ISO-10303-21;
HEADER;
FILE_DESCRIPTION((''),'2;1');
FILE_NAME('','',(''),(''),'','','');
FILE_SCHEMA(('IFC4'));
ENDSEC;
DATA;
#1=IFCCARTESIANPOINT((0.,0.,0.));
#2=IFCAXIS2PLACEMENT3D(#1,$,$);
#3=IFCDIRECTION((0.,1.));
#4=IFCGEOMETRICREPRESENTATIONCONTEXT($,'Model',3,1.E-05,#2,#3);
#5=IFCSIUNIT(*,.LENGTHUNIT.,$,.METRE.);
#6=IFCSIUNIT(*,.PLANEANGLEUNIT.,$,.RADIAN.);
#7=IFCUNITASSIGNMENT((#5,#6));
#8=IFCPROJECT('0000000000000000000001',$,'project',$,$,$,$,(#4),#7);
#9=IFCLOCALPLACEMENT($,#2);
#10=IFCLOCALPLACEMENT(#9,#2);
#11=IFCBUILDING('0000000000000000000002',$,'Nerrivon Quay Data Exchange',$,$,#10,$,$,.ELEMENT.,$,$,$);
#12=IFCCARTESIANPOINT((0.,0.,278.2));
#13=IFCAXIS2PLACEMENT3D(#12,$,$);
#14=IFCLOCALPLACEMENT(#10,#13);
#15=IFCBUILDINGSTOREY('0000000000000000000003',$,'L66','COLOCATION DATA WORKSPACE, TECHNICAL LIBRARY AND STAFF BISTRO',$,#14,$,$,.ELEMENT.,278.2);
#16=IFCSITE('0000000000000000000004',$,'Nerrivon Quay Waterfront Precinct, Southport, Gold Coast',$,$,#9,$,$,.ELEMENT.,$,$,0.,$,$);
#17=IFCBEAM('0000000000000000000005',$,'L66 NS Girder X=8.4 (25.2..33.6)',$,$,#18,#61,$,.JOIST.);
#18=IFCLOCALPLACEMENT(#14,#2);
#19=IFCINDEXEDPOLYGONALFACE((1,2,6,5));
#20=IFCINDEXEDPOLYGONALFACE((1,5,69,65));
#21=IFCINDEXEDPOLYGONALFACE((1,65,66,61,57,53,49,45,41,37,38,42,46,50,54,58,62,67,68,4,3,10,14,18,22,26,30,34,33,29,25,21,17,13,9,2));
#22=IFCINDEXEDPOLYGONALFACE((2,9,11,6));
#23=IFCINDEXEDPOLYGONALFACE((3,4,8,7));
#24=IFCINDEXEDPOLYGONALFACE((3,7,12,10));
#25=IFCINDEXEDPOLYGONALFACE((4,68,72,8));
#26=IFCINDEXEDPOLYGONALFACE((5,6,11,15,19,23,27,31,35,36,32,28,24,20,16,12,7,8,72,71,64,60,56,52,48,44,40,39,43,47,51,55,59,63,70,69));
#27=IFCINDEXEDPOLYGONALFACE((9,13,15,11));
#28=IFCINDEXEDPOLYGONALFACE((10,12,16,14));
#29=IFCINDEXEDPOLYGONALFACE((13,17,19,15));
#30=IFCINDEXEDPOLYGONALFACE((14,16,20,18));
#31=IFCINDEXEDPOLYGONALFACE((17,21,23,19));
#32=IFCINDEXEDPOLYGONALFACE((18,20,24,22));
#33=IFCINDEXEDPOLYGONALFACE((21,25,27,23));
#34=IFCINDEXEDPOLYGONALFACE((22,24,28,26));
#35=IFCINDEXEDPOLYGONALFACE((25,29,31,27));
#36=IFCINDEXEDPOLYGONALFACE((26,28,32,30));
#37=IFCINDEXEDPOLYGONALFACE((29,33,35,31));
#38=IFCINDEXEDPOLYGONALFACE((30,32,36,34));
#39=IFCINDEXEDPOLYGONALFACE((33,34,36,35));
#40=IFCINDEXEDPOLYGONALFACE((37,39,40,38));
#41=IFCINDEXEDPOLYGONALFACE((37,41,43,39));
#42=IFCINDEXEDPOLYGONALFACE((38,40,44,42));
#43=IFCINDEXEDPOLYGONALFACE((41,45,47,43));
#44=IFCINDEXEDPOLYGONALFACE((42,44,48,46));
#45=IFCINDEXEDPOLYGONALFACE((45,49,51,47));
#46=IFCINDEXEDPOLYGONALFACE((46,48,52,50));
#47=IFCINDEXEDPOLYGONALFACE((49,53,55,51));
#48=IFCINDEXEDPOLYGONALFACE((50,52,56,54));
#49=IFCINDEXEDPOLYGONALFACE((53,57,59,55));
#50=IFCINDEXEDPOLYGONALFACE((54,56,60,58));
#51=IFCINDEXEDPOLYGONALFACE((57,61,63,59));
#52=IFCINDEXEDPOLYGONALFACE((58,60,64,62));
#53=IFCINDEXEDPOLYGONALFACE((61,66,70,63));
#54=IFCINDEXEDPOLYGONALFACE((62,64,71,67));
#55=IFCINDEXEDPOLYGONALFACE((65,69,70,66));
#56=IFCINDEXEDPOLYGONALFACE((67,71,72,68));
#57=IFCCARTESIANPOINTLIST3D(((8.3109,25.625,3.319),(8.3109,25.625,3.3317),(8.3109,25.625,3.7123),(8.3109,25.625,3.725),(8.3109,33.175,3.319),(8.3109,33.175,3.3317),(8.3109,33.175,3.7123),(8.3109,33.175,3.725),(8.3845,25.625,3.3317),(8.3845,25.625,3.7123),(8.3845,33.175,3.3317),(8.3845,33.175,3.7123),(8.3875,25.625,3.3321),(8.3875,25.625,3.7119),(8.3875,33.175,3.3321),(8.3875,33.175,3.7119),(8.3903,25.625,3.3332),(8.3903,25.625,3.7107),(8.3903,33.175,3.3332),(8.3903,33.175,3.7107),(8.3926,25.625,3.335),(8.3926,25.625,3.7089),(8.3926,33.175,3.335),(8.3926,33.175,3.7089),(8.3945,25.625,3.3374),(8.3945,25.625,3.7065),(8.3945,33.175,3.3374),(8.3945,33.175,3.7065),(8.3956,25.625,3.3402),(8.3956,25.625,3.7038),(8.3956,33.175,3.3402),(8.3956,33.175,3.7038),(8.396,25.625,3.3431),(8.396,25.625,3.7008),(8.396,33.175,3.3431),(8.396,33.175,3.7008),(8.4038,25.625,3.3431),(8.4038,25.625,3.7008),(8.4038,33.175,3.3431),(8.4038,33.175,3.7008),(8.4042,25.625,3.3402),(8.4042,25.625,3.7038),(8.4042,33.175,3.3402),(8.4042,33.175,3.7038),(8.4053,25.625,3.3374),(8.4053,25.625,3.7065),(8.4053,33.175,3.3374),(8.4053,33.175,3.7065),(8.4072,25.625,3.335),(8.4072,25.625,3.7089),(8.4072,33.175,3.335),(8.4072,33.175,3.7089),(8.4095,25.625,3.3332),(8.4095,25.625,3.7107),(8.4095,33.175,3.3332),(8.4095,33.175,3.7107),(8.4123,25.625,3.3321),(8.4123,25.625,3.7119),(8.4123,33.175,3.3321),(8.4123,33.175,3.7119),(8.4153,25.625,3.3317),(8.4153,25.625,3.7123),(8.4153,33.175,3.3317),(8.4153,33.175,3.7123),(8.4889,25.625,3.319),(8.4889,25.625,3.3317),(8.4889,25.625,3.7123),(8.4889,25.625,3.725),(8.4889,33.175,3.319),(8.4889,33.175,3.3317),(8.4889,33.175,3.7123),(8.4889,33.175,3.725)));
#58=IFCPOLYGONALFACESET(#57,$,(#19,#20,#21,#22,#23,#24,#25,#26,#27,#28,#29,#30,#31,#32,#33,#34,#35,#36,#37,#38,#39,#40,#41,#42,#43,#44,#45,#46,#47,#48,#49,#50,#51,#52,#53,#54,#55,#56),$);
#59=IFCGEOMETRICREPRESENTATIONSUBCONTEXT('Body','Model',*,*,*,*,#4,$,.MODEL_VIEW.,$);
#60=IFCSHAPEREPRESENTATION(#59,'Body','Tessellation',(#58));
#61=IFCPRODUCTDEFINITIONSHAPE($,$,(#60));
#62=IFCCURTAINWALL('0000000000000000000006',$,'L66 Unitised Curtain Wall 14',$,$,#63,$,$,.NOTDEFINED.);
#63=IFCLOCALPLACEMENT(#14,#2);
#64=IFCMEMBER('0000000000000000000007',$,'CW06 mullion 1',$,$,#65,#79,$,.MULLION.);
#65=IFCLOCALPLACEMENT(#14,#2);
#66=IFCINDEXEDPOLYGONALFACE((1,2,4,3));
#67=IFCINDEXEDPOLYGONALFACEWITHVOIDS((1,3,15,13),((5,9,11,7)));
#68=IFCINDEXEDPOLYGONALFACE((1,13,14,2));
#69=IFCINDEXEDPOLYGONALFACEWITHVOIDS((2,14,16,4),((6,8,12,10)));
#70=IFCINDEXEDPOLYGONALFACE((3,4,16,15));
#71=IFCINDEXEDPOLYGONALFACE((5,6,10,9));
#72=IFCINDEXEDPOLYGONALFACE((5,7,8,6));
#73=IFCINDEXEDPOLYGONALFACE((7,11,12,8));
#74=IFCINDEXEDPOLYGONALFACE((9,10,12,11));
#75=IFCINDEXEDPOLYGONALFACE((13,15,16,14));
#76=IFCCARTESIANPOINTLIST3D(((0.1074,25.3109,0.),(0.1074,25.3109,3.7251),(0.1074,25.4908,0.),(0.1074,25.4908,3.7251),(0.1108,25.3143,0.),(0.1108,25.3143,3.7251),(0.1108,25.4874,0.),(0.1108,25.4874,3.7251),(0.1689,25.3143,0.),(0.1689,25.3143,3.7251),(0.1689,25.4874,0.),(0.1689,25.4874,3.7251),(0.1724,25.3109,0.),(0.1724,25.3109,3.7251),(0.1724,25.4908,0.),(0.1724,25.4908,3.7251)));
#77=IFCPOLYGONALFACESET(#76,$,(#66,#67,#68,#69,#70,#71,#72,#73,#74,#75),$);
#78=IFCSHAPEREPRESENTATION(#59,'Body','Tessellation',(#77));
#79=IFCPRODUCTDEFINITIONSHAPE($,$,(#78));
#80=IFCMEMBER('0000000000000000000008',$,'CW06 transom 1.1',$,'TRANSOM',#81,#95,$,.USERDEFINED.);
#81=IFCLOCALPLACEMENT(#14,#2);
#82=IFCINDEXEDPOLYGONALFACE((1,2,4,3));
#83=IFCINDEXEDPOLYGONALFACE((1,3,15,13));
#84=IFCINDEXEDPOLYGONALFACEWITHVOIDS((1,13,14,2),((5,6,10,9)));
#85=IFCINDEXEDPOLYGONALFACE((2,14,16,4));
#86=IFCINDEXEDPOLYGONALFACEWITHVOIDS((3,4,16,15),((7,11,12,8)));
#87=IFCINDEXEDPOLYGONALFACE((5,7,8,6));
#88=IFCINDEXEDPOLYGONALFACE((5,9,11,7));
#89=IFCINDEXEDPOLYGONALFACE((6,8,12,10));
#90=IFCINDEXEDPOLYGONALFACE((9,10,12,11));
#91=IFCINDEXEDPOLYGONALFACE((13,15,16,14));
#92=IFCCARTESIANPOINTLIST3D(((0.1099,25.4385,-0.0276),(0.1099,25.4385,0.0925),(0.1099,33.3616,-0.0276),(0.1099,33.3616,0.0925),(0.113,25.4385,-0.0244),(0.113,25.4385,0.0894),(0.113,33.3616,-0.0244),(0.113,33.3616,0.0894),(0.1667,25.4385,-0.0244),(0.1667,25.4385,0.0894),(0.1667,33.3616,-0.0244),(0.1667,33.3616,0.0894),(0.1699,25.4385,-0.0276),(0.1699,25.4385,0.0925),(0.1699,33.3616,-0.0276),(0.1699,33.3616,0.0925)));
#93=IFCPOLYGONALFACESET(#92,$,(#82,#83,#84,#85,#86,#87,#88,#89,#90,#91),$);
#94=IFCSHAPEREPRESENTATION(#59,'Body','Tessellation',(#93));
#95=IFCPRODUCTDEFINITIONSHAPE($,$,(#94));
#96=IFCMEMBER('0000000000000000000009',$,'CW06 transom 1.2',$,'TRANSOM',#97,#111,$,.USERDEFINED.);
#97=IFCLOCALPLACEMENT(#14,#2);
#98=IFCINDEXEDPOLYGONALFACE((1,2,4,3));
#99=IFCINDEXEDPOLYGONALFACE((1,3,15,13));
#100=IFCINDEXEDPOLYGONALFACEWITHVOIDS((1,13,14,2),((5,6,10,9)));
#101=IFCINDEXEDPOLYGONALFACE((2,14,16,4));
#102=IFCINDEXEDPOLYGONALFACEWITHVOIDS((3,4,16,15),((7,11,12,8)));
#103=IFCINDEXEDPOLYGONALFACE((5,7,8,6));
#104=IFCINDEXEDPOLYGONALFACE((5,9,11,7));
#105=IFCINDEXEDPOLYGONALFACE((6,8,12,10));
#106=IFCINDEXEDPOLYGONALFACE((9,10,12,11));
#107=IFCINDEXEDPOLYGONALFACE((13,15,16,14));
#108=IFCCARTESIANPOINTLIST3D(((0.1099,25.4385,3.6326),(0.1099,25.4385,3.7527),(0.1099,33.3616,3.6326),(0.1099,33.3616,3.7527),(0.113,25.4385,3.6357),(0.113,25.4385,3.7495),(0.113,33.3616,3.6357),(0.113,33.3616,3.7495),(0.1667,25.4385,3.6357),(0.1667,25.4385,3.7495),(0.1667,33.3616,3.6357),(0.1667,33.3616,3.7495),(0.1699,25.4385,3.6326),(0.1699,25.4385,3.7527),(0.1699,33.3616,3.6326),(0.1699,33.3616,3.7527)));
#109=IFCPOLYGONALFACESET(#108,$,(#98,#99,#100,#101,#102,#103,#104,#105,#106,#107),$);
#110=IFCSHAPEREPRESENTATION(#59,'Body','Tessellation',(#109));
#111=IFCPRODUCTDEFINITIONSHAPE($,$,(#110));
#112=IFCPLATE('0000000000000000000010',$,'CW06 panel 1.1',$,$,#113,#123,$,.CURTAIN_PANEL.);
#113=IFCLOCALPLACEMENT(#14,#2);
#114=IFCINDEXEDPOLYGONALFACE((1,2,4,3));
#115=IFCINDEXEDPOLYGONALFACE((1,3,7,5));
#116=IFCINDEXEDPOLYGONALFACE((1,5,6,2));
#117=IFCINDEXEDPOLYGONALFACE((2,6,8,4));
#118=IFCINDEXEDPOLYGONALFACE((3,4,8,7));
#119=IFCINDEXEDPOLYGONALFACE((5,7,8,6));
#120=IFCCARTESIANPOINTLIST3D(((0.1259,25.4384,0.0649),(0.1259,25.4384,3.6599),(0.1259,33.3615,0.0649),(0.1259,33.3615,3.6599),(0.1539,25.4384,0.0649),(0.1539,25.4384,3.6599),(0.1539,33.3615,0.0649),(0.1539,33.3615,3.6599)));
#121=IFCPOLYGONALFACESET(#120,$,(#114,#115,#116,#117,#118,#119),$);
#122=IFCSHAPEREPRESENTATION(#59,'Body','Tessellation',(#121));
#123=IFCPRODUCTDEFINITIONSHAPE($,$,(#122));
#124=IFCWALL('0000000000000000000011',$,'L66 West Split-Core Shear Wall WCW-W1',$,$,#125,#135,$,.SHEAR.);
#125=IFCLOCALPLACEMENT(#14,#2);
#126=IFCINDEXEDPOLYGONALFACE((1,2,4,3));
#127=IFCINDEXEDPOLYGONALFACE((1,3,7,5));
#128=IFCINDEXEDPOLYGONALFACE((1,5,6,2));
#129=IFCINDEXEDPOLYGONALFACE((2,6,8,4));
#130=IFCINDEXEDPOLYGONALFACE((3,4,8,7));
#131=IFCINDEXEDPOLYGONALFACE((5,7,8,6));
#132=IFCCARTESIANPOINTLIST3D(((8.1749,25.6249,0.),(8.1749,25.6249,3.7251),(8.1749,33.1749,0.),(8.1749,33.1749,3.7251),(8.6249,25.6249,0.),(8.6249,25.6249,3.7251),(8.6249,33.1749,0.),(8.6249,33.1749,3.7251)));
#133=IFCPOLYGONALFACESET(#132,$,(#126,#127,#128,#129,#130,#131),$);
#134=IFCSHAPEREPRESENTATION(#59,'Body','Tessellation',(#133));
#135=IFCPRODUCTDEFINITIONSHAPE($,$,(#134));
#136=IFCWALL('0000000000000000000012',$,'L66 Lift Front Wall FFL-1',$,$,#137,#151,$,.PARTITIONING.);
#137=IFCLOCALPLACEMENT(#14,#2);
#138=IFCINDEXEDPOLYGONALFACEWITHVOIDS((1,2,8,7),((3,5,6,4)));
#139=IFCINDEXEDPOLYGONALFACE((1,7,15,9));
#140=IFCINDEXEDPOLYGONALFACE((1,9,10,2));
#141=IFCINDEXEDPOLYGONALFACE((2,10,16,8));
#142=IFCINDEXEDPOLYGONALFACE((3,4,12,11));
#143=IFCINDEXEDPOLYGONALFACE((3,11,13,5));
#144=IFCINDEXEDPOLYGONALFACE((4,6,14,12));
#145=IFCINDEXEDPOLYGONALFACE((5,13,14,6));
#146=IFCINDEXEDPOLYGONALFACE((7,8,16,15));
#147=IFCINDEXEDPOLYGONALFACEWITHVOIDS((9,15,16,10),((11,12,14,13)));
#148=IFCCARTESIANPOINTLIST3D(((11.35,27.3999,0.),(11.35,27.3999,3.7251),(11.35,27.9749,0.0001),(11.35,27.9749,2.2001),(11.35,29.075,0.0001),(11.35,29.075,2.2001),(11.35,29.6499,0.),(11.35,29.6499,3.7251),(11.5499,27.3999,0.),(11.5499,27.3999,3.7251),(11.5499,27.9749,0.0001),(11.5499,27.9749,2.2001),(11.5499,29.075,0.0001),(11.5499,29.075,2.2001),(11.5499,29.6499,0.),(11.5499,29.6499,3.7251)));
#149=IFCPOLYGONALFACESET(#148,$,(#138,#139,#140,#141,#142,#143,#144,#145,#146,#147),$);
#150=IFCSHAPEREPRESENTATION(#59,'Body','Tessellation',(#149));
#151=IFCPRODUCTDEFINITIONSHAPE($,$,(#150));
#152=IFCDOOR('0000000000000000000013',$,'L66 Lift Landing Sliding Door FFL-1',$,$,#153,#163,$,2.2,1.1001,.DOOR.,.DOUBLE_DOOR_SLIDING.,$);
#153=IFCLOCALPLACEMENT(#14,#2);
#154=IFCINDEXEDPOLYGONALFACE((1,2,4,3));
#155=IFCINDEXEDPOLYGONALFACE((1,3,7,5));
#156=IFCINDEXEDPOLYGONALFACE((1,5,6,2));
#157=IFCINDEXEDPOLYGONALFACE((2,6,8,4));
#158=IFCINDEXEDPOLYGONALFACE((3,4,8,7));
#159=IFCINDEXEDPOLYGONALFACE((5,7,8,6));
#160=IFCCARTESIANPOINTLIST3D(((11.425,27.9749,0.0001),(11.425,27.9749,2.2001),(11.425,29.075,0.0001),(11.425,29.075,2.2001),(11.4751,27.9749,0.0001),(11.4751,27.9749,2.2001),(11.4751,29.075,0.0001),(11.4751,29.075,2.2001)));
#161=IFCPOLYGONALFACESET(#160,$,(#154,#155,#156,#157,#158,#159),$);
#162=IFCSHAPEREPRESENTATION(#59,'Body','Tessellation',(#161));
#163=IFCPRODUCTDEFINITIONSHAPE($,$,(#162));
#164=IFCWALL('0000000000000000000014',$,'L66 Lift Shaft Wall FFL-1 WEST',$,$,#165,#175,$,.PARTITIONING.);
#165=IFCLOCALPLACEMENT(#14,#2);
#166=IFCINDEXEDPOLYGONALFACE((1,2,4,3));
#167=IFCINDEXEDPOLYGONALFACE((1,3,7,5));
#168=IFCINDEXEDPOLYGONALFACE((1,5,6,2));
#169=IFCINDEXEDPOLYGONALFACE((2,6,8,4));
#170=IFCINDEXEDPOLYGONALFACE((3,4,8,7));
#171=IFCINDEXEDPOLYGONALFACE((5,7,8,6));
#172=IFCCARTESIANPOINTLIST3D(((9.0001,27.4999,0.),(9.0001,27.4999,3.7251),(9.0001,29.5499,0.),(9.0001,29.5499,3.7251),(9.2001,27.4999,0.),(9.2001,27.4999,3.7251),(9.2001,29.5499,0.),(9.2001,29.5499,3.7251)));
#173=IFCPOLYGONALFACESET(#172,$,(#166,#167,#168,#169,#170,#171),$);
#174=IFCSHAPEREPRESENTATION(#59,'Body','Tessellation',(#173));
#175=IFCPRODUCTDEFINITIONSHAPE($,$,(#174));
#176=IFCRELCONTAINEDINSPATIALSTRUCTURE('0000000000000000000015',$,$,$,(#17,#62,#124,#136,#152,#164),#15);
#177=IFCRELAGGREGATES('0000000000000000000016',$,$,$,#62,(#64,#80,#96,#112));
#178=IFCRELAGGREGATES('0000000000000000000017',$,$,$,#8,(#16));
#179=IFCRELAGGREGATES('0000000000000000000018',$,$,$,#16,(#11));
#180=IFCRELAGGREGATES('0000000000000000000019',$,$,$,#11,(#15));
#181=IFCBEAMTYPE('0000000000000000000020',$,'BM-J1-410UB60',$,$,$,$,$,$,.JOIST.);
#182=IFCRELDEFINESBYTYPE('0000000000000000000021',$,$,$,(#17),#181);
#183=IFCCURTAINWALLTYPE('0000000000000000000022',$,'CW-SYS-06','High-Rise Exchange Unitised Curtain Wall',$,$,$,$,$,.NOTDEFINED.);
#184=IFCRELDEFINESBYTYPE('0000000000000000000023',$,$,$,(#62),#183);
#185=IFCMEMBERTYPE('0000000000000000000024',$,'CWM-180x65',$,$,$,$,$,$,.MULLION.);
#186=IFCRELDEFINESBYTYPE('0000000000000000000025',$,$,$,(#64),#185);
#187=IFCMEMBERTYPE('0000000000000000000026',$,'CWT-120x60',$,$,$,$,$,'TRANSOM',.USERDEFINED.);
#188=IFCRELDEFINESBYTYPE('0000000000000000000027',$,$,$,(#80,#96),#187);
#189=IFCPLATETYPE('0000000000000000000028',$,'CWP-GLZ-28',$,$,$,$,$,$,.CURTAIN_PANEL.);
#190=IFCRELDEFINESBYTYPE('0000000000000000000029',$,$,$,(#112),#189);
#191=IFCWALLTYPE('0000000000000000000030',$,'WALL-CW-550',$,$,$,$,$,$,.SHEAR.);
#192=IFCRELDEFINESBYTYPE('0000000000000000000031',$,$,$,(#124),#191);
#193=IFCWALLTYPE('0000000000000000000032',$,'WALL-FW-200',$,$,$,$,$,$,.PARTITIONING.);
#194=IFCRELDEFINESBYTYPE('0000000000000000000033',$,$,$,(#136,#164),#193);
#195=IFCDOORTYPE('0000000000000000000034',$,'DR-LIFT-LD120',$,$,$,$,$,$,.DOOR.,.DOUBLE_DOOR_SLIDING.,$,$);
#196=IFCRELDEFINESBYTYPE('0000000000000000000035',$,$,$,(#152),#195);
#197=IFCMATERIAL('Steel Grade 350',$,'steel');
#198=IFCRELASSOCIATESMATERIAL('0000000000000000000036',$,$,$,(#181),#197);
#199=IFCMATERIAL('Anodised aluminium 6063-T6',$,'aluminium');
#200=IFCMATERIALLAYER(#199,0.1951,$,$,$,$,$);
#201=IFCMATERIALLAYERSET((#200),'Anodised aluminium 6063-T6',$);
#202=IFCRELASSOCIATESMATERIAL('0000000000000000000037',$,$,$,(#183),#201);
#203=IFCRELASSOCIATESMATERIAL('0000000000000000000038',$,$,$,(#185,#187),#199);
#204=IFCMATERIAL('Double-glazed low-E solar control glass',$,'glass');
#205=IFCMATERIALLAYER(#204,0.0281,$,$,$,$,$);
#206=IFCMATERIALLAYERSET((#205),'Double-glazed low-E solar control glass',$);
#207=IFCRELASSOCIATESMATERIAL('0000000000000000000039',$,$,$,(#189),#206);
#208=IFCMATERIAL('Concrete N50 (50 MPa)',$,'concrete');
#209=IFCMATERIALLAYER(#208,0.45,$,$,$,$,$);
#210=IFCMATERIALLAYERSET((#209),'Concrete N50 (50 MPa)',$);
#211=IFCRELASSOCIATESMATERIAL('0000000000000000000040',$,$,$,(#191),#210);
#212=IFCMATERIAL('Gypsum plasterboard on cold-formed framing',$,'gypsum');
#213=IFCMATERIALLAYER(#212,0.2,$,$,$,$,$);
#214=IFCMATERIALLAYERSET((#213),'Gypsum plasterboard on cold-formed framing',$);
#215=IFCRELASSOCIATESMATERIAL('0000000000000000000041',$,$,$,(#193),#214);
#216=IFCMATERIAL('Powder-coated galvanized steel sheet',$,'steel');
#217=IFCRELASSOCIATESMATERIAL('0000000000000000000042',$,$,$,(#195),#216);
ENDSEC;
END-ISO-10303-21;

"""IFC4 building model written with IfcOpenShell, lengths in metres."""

from ifc_helpers import new_model, si_unit, direction, frame, frame_2d, origin, origin_2d, place, context, subcontext, project, spatial, rectangle, hollow_rectangle, i_section, extrude, material, layer, layer_set, material_profile, profile_set, type_object, element, fill, aggregate, save


model = new_model("IFC4")

# Units and contexts
model_context = context("Model", 3, precision=1e-05, world=origin(), true_north=direction((0.0, 1.0)))
body_context = subcontext(model_context, "Body", "Model", "MODEL_VIEW")
ifc_project = project(units=[si_unit("LENGTHUNIT", "METRE"), si_unit("PLANEANGLEUNIT", "RADIAN")], contexts=[model_context])

# Site, building, storey
site_placement = place(None, origin())
site = spatial("IfcSite", under=ifc_project, at=site_placement, Name="Nerrivon Quay Waterfront Precinct, Southport, Gold Coast", CompositionType="ELEMENT", RefElevation=0.0)
building_placement = place(site_placement, origin())
building = spatial("IfcBuilding", under=site, at=building_placement, Name="Nerrivon Quay Data Exchange", CompositionType="ELEMENT")
storey_placement = place(building_placement, frame((0.0, 0.0, 278.2)))
storey = spatial("IfcBuildingStorey", under=building, at=storey_placement, Name="L66", Description="COLOCATION DATA WORKSPACE, TECHNICAL LIBRARY AND STAFF BISTRO", CompositionType="ELEMENT", Elevation=278.2)

# Beam
ifc_material_1 = material(Name="Steel Grade 350", Category="steel")
ifc_material_profile_1 = material_profile(ifc_material_1, i_section(OverallWidth=0.178, OverallDepth=0.406, WebThickness=0.0078, FlangeThickness=0.0127, FilletRadius=0.0115, at=origin_2d()), Name="410UB59.7")
ifc_profile_set_1 = profile_set([ifc_material_profile_1], Name="Steel Grade 350")
beam_type = type_object("IfcBeamType", Name="BM-J1-410UB60", PredefinedType="JOIST", material=ifc_profile_set_1)
beam_placement = place(storey_placement, frame((8.3999, 25.625, 3.522), z_axis=(0.0, 1.0, 0.0), x_axis=(-1.0, 0.0, 0.0)))
element("IfcBeam", 1, at=beam_placement, inside=storey, type_object=beam_type, Name="L66 NS Girder X=8.4 (25.2..33.6)", PredefinedType="JOIST", context=body_context, shape_type="SweptSolid", body=[
    extrude(i_section(OverallWidth=0.178, OverallDepth=0.406, WebThickness=0.0078, FlangeThickness=0.0127, FilletRadius=0.0115, at=origin_2d()), origin(), (0.0, 0.0, 1.0), 7.55),
])

# Curtain wall, members, plate
ifc_material_2 = material(Name="Anodised aluminium 6063-T6", Category="aluminium")
ifc_layer_1 = layer(ifc_material_2, 0.1951)
ifc_layer_set_1 = layer_set([ifc_layer_1], Name="Anodised aluminium 6063-T6")
curtain_wall_type = type_object("IfcCurtainWallType", Name="CW-SYS-06", Description="High-Rise Exchange Unitised Curtain Wall", PredefinedType="NOTDEFINED", material=ifc_layer_set_1)
curtain_wall_placement = place(storey_placement, origin())
curtain_wall = element("IfcCurtainWall", 2, at=curtain_wall_placement, inside=storey, type_object=curtain_wall_type, Name="L66 Unitised Curtain Wall 14", PredefinedType="NOTDEFINED")
ifc_material_profile_2 = material_profile(ifc_material_2, hollow_rectangle(XDim=0.0649, YDim=0.1799, WallThickness=0.0034, at=origin_2d()), Name="ALU-MULL-180x65")
ifc_profile_set_2 = profile_set([ifc_material_profile_2], Name="Anodised aluminium 6063-T6")
member_type_1 = type_object("IfcMemberType", Name="CWM-180x65", PredefinedType="MULLION", material=ifc_profile_set_2)
member_1_placement = place(storey_placement, frame((0.1399, 25.4009, 0.0), z_axis=(0.0, 0.0, 1.0), x_axis=(-1.0, 0.0, 0.0)))
member_1 = element("IfcMember", 3, at=member_1_placement, type_object=member_type_1, Name="CW06 mullion 1", PredefinedType="MULLION", context=body_context, shape_type="SweptSolid", body=[
    extrude(hollow_rectangle(XDim=0.0649, YDim=0.1799, WallThickness=0.0034, at=origin_2d()), origin(), (0.0, 0.0, 1.0), 3.7251),
])
ifc_material_profile_3 = material_profile(ifc_material_2, hollow_rectangle(XDim=0.0601, YDim=0.1201, WallThickness=0.0032, at=origin_2d()), Name="ALU-TRAN-120x60")
ifc_profile_set_3 = profile_set([ifc_material_profile_3], Name="Anodised aluminium 6063-T6")
member_type_2 = type_object("IfcMemberType", Name="CWT-120x60", ElementType="TRANSOM", PredefinedType="USERDEFINED", material=ifc_profile_set_3)
member_2_placement = place(storey_placement, frame((0.1399, 25.4385, 0.0325), z_axis=(0.0, 1.0, 0.0), x_axis=(-1.0, 0.0, 0.0)))
member_2 = element("IfcMember", 4, at=member_2_placement, type_object=member_type_2, Name="CW06 transom 1.1", ObjectType="TRANSOM", PredefinedType="USERDEFINED", context=body_context, shape_type="SweptSolid", body=[
    extrude(hollow_rectangle(XDim=0.0601, YDim=0.1201, WallThickness=0.0032, at=origin_2d()), origin(), (0.0, 0.0, 1.0), 7.9231),
])
member_3_placement = place(storey_placement, frame((0.1399, 25.4385, 3.6926), z_axis=(0.0, 1.0, 0.0), x_axis=(-1.0, 0.0, 0.0)))
member_3 = element("IfcMember", 5, at=member_3_placement, type_object=member_type_2, Name="CW06 transom 1.2", ObjectType="TRANSOM", PredefinedType="USERDEFINED", context=body_context, shape_type="SweptSolid", body=[
    extrude(hollow_rectangle(XDim=0.0601, YDim=0.1201, WallThickness=0.0032, at=origin_2d()), origin(), (0.0, 0.0, 1.0), 7.9231),
])
ifc_material_3 = material(Name="Double-glazed low-E solar control glass", Category="glass")
ifc_layer_2 = layer(ifc_material_3, 0.0281)
ifc_layer_set_2 = layer_set([ifc_layer_2], Name="Double-glazed low-E solar control glass")
plate_type = type_object("IfcPlateType", Name="CWP-GLZ-28", PredefinedType="CURTAIN_PANEL", material=ifc_layer_set_2)
plate_placement = place(storey_placement, frame((0.1399, 29.3999, 0.0649), z_axis=(0.0, 0.0, 1.0), x_axis=(0.0, 1.0, 0.0)))
plate = element("IfcPlate", 6, at=plate_placement, type_object=plate_type, Name="CW06 panel 1.1", PredefinedType="CURTAIN_PANEL", context=body_context, shape_type="SweptSolid", body=[
    extrude(rectangle(XDim=7.9231, YDim=0.0281, at=origin_2d()), origin(), (0.0, 0.0, 1.0), 3.595),
])
aggregate(curtain_wall, [member_1, member_2, member_3, plate])

# Wall
ifc_material_4 = material(Name="Concrete N50 (50 MPa)", Category="concrete")
ifc_layer_3 = layer(ifc_material_4, 0.45)
ifc_layer_set_3 = layer_set([ifc_layer_3], Name="Concrete N50 (50 MPa)")
wall_type_1 = type_object("IfcWallType", Name="WALL-CW-550", PredefinedType="SHEAR", material=ifc_layer_set_3)
wall_1_placement = place(storey_placement, frame((8.3999, 25.625, 0.0), z_axis=(0.0, 0.0, 1.0), x_axis=(0.0, 1.0, 0.0)))
element("IfcWall", 7, at=wall_1_placement, inside=storey, type_object=wall_type_1, Name="L66 West Split-Core Shear Wall WCW-W1", PredefinedType="SHEAR", context=body_context, shape_type="SweptSolid", body=[
    extrude(rectangle(XDim=7.55, YDim=0.45, at=frame_2d((3.7749, 0.0))), origin(), (0.0, 0.0, 1.0), 3.7251),
])

# Wall, opening, door
ifc_material_5 = material(Name="Gypsum plasterboard on cold-formed framing", Category="gypsum")
ifc_layer_4 = layer(ifc_material_5, 0.2)
ifc_layer_set_4 = layer_set([ifc_layer_4], Name="Gypsum plasterboard on cold-formed framing")
wall_type_2 = type_object("IfcWallType", Name="WALL-FW-200", PredefinedType="PARTITIONING", material=ifc_layer_set_4)
wall_2_placement = place(storey_placement, frame((11.45, 27.3999, 0.0), z_axis=(0.0, 0.0, 1.0), x_axis=(0.0, 1.0, 0.0)))
wall_2 = element("IfcWall", 8, at=wall_2_placement, inside=storey, type_object=wall_type_2, Name="L66 Lift Front Wall FFL-1", PredefinedType="PARTITIONING", context=body_context, shape_type="SweptSolid", body=[
    extrude(rectangle(XDim=2.25, YDim=0.2, at=frame_2d((1.125, 0.0))), origin(), (0.0, 0.0, 1.0), 3.7251),
])
opening_1_placement = place(wall_2_placement, frame((0.575, 0.0, 0.0)))
opening_1 = element("IfcOpeningElement", 9, at=opening_1_placement, cuts=wall_2, PredefinedType="OPENING", context=body_context, shape_type="SweptSolid", body=[
    extrude(rectangle(XDim=1.1001, YDim=2.2, at=frame_2d((0.55, 1.1001))), frame((0.0, 0.1099, 0.0), z_axis=(0.0, -1.0, 0.0), x_axis=(1.0, 0.0, 0.0)), (0.0, 0.0, 1.0), 0.22),
])
ifc_material_6 = material(Name="Powder-coated galvanized steel sheet", Category="steel")
door_type_1 = type_object("IfcDoorType", Name="DR-LIFT-LD120", OperationType="DOUBLE_DOOR_SLIDING", PredefinedType="DOOR", material=ifc_material_6)
door_1_placement = place(opening_1_placement, origin())
door_1 = element("IfcDoor", 10, at=door_1_placement, inside=storey, type_object=door_type_1, Name="L66 Lift Landing Sliding Door FFL-1", OperationType="DOUBLE_DOOR_SLIDING", OverallHeight=2.2, OverallWidth=1.1001, PredefinedType="DOOR", context=body_context, shape_type="SweptSolid", body=[
    extrude(rectangle(XDim=1.1001, YDim=2.2, at=frame_2d((0.55, 1.1001))), frame((0.0, 0.0249, 0.0), z_axis=(0.0, -1.0, 0.0), x_axis=(1.0, 0.0, 0.0)), (0.0, 0.0, 1.0), 0.05),
])
fill(opening_1, door_1)

# Wall
wall_3_placement = place(storey_placement, frame((9.1001, 27.5, 0.0), z_axis=(0.0, 0.0, 1.0), x_axis=(0.0, 1.0, 0.0)))
element("IfcWall", 11, at=wall_3_placement, inside=storey, type_object=wall_type_2, Name="L66 Lift Shaft Wall FFL-1 WEST", PredefinedType="PARTITIONING", context=body_context, shape_type="SweptSolid", body=[
    extrude(rectangle(XDim=2.05, YDim=0.2, at=frame_2d((1.0249, 0.0))), origin(), (0.0, 0.0, 1.0), 3.7251),
])

save(model, "model.ifc")
